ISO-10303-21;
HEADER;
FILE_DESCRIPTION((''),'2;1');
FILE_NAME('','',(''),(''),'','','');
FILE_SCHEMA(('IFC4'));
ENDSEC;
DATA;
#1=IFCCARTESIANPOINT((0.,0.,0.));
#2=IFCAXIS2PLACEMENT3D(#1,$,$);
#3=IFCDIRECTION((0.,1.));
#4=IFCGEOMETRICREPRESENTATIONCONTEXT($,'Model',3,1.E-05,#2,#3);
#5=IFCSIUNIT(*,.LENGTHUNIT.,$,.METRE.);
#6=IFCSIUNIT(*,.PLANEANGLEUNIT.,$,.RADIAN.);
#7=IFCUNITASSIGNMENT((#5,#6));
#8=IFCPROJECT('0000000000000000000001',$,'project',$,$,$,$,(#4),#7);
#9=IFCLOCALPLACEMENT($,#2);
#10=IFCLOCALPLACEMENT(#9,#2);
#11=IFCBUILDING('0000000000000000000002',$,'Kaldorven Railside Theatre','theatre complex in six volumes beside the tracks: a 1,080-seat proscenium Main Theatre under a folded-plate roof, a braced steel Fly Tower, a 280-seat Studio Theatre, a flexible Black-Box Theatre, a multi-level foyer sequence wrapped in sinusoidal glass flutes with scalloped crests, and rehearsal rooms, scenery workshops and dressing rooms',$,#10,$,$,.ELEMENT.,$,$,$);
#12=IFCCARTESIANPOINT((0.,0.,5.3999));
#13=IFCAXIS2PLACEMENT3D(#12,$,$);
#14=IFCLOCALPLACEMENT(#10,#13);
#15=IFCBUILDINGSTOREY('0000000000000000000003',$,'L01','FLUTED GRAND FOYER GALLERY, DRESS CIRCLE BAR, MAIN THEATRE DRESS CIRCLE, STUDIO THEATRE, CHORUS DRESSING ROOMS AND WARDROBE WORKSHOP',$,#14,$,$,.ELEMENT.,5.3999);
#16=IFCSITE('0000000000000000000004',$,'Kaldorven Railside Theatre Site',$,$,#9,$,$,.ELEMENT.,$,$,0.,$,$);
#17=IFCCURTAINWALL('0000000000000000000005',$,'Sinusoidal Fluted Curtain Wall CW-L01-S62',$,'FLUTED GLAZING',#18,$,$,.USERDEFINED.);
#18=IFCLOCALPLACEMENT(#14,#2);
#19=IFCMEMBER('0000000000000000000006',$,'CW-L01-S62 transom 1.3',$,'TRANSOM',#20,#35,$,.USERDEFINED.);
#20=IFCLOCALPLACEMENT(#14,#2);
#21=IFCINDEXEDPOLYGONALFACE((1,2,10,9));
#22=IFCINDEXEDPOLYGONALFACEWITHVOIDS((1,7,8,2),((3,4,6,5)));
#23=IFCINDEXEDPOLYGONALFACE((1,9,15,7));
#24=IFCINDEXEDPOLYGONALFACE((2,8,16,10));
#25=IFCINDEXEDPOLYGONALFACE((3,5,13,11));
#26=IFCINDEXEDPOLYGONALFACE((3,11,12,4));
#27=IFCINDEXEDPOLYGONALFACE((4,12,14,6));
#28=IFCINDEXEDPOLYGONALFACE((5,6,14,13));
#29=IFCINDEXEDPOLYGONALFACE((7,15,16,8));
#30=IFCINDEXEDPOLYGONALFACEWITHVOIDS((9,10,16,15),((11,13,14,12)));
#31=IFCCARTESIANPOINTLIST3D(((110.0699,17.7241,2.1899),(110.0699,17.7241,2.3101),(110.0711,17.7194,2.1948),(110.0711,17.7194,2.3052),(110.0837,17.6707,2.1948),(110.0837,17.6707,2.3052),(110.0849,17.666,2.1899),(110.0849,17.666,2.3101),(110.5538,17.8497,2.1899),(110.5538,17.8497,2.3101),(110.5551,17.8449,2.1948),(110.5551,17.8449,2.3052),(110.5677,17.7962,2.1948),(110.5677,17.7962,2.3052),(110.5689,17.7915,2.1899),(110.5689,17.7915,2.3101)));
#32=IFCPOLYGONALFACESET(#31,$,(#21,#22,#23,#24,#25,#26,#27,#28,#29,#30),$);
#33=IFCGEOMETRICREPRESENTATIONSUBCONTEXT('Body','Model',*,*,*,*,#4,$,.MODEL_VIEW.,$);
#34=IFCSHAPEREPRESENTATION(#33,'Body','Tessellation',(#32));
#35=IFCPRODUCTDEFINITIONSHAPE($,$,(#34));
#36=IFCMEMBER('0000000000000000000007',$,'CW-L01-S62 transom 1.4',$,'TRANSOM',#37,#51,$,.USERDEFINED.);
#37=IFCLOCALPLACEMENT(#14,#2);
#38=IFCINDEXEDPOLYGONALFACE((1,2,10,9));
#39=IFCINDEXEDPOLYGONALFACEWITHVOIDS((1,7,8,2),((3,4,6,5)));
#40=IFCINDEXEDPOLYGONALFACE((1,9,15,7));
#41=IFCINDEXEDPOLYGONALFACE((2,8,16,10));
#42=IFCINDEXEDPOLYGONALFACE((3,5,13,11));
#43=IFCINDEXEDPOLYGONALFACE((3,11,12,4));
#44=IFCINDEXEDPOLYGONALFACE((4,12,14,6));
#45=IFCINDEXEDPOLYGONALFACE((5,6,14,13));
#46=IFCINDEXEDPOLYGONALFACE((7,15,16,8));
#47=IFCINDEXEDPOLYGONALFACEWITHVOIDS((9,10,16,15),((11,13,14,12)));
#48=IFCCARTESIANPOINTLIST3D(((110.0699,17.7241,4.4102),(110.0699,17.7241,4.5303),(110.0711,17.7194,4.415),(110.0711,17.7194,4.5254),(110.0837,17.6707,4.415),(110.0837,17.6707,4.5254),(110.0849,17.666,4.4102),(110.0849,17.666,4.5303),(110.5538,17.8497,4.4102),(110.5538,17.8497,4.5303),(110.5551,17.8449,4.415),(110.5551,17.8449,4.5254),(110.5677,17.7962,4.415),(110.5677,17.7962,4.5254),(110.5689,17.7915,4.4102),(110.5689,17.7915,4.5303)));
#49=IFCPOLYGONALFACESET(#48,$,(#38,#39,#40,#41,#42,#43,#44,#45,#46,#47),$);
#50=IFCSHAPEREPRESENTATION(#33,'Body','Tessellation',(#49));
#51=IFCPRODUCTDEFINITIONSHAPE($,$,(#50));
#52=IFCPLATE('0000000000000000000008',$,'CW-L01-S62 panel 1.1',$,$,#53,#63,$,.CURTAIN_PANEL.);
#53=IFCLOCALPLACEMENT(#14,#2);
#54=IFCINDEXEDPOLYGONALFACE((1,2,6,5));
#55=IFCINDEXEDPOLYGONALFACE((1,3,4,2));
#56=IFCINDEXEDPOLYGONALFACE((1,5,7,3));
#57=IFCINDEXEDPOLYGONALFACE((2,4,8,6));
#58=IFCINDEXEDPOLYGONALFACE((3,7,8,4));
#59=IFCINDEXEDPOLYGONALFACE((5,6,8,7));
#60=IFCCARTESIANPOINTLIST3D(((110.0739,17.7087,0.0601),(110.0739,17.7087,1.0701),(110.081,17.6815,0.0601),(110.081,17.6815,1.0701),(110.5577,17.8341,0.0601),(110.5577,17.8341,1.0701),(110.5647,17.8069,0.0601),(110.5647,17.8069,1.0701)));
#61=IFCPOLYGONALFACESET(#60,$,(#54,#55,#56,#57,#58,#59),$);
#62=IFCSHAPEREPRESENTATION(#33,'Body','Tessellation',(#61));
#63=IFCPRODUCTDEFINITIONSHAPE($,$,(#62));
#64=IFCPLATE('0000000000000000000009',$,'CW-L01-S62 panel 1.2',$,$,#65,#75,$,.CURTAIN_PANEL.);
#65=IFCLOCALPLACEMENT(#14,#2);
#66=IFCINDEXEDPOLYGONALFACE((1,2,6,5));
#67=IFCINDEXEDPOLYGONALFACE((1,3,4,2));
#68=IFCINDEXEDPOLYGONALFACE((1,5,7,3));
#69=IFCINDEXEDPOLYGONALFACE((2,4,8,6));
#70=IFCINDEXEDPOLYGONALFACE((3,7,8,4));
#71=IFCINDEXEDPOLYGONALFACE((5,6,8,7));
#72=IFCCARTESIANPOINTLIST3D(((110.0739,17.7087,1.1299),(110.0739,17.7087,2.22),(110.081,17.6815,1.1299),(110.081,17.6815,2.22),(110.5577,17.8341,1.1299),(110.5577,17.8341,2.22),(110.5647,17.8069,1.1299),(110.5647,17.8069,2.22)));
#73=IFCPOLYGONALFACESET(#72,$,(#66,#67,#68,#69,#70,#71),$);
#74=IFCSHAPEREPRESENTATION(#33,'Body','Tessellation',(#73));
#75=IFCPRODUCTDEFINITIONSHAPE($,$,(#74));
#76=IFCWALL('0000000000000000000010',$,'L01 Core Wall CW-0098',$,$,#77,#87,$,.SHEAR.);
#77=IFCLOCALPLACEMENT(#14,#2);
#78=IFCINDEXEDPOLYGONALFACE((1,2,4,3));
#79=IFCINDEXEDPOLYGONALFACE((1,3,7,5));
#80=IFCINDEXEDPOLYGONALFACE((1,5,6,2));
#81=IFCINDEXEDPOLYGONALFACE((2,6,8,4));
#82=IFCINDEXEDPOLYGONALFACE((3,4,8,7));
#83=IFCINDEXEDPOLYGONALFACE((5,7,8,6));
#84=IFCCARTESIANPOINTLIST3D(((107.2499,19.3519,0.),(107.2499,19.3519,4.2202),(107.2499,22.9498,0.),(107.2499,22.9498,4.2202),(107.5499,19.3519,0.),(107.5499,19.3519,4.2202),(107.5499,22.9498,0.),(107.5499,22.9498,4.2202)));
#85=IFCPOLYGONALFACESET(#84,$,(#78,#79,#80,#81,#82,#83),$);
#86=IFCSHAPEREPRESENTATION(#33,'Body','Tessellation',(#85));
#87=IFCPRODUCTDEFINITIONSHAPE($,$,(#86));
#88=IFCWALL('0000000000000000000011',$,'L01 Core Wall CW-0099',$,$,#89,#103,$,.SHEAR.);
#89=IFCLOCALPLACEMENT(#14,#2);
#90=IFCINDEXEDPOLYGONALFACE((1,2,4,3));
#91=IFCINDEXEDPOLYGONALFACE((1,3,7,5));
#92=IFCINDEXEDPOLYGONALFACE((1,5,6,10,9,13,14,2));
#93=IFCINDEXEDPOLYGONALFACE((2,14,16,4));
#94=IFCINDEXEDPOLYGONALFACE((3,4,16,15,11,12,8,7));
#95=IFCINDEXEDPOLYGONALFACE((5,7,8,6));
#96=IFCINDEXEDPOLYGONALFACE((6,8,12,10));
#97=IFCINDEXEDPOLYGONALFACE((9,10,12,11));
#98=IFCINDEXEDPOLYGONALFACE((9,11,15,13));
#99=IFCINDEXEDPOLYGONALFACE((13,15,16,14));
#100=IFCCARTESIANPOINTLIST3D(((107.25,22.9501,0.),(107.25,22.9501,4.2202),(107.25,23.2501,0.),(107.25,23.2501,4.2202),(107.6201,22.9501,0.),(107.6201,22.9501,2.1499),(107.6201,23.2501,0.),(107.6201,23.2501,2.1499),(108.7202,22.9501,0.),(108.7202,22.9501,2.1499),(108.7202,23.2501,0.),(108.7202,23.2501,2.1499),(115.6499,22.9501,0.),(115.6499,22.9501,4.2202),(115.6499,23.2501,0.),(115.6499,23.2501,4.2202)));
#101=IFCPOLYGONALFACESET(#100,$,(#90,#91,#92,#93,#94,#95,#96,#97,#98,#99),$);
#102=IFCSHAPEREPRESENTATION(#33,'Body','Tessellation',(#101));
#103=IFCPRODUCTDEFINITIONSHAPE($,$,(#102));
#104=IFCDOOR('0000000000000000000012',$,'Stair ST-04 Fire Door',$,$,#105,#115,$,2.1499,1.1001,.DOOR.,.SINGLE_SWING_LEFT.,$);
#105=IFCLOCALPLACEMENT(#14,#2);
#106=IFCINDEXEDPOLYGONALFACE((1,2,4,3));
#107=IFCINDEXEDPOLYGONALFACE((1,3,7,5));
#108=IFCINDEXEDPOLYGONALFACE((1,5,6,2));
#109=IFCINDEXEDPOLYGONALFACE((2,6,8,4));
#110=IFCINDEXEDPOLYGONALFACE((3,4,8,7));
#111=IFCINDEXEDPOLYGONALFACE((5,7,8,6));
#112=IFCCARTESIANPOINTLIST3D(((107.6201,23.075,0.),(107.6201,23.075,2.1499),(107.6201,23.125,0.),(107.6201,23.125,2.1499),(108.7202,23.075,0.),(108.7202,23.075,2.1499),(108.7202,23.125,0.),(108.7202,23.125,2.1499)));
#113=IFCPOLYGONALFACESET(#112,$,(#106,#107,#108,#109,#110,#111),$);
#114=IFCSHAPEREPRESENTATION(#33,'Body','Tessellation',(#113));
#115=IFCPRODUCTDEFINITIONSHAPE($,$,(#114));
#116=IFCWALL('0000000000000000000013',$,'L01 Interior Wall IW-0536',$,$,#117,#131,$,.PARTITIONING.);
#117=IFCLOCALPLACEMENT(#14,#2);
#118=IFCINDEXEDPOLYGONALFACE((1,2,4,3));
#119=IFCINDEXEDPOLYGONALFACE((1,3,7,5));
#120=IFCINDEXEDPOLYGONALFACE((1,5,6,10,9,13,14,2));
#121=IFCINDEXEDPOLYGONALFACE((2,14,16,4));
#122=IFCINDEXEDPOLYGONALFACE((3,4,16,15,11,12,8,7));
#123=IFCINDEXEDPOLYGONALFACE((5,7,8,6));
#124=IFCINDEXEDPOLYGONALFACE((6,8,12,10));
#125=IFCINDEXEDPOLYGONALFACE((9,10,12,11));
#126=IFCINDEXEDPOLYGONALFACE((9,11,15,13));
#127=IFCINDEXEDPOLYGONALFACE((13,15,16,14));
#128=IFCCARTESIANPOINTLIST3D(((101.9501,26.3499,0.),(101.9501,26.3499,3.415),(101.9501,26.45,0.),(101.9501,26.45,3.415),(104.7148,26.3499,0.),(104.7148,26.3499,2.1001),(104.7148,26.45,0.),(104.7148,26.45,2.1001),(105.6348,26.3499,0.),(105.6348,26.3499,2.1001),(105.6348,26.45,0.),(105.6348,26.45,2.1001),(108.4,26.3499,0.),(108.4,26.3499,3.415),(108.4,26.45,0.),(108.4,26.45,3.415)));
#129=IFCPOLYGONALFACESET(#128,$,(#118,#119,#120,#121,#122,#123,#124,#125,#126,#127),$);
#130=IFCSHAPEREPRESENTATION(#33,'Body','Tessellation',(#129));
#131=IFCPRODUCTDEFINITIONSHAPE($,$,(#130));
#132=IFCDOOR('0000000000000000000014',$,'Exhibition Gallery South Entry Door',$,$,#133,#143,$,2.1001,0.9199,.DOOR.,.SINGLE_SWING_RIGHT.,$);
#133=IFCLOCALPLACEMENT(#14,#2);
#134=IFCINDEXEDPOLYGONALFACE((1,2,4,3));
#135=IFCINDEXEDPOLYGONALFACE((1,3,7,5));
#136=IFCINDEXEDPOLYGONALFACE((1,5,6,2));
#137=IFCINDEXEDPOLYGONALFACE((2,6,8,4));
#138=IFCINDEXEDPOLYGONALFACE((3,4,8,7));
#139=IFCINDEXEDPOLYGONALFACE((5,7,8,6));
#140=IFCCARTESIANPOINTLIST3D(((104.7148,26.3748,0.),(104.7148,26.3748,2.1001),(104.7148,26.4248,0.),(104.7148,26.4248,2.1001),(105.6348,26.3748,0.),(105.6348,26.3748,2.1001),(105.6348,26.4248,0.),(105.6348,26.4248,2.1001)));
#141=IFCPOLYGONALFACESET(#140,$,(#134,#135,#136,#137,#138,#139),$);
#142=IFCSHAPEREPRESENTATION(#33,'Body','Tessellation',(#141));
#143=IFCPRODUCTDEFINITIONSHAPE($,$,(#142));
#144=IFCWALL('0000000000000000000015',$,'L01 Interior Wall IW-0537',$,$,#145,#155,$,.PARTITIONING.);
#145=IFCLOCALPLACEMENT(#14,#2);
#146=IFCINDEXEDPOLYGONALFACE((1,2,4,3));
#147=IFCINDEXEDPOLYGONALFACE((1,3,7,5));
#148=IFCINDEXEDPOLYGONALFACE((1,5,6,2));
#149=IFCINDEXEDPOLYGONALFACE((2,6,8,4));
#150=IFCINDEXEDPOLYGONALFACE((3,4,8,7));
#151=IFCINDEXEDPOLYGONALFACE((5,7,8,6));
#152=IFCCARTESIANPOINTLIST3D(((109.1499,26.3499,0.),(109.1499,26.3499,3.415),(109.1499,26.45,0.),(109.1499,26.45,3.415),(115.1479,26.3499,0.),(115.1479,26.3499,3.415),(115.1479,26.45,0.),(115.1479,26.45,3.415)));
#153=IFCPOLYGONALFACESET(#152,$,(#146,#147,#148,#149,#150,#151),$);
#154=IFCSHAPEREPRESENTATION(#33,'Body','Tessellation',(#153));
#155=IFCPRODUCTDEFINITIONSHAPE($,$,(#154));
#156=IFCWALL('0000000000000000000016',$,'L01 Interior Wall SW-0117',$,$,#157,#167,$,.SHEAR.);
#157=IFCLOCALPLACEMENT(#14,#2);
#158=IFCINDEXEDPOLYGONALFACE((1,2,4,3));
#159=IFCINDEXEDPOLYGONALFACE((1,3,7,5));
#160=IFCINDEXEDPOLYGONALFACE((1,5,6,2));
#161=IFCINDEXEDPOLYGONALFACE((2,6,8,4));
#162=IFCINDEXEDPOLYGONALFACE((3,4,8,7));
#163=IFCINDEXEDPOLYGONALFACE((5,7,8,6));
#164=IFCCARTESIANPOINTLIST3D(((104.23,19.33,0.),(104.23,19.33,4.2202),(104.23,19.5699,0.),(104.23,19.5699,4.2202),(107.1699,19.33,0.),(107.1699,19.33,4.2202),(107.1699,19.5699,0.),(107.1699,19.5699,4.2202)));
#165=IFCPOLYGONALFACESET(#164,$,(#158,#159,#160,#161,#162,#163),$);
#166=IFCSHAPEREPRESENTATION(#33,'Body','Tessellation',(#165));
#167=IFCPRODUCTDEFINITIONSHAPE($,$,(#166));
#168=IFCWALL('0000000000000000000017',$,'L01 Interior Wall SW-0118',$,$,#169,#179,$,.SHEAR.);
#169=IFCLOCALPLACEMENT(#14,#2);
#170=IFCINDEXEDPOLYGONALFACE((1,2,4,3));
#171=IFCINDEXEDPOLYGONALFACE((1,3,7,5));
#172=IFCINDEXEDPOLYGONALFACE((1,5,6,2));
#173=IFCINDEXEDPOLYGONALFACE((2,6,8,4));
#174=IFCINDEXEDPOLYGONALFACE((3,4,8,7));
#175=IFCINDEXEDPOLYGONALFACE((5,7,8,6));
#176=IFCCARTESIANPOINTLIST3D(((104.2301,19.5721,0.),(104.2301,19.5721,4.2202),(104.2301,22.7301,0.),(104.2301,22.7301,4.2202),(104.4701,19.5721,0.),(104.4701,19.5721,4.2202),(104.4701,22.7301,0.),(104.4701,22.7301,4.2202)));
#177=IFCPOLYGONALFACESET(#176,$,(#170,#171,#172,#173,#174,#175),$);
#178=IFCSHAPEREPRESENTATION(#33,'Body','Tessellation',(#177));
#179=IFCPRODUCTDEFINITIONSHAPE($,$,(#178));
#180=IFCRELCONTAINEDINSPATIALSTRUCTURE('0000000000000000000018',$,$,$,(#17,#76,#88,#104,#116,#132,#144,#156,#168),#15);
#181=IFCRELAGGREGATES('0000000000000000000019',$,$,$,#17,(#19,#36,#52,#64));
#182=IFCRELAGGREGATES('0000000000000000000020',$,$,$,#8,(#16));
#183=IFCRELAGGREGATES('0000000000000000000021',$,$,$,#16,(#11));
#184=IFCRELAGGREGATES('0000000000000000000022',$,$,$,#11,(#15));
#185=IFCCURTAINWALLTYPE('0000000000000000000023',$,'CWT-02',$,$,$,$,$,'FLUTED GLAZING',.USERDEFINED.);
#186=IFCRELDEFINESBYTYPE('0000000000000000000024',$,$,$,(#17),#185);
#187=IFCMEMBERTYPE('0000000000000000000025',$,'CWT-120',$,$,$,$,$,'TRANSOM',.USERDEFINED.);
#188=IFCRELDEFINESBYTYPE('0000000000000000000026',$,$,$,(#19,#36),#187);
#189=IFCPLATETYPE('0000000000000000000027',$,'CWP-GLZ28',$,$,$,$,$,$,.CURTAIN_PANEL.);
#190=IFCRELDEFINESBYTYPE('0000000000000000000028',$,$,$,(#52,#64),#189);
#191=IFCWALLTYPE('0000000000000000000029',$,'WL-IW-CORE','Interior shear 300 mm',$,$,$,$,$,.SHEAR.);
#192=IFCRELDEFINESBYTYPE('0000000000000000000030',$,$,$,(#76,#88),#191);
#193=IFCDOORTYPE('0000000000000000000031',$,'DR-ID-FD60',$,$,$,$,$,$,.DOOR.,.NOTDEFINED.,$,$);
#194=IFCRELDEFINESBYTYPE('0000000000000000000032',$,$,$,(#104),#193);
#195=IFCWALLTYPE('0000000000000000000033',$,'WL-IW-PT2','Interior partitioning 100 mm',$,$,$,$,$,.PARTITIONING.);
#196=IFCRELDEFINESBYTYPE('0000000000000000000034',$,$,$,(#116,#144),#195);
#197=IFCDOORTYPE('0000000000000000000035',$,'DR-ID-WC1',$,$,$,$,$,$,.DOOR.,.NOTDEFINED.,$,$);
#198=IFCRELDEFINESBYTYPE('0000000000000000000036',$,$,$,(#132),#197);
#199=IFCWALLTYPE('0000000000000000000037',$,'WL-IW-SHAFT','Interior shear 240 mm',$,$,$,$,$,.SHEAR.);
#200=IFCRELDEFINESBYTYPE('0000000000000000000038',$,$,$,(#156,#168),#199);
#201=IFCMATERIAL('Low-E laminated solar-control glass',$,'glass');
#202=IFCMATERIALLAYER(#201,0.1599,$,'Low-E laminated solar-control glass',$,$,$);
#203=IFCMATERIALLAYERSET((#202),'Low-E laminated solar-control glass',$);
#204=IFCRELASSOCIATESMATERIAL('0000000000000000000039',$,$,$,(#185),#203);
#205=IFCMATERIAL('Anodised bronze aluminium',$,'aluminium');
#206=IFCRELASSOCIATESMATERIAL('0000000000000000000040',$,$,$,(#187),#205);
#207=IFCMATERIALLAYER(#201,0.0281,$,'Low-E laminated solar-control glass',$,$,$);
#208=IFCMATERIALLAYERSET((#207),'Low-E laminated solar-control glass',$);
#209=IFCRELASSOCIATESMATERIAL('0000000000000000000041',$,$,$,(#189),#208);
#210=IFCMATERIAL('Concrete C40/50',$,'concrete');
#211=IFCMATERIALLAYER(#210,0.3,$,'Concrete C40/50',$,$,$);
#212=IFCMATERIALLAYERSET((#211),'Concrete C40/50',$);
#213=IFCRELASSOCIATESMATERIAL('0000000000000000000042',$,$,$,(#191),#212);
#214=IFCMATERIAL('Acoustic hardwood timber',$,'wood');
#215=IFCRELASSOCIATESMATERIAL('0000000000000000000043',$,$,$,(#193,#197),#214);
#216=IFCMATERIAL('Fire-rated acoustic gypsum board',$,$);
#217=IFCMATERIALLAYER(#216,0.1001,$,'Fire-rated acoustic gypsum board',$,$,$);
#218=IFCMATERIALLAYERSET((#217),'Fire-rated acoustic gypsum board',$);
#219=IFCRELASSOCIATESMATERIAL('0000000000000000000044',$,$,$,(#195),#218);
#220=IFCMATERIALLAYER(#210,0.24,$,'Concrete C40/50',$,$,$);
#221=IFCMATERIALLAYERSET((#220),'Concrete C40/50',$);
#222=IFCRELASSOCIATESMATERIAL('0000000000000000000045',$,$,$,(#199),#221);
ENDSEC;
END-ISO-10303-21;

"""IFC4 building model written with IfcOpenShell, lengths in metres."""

from ifc_helpers import new_model, si_unit, direction, frame, frame_2d, origin, origin_2d, place, context, subcontext, project, spatial, rectangle, hollow_rectangle, extrude, material, layer, layer_set, material_profile, profile_set, type_object, element, fill, aggregate, save


model = new_model("IFC4")

# Units and contexts
model_context = context("Model", 3, precision=1e-05, world=origin(), true_north=direction((0.0, 1.0)))
body_context = subcontext(model_context, "Body", "Model", "MODEL_VIEW")
ifc_project = project(units=[si_unit("LENGTHUNIT", "METRE"), si_unit("PLANEANGLEUNIT", "RADIAN")], contexts=[model_context])

# Site, building, storey
site_placement = place(None, origin())
site = spatial("IfcSite", under=ifc_project, at=site_placement, Name="Kaldorven Railside Theatre Site", CompositionType="ELEMENT", RefElevation=0.0)
building_placement = place(site_placement, origin())
building = spatial("IfcBuilding", under=site, at=building_placement, Name="Kaldorven Railside Theatre", Description="theatre complex in six volumes beside the tracks: a 1,080-seat proscenium Main Theatre under a folded-plate roof, a braced steel Fly Tower, a 280-seat Studio Theatre, a flexible Black-Box Theatre, a multi-level foyer sequence wrapped in sinusoidal glass flutes with scalloped crests, and rehearsal rooms, scenery workshops and dressing rooms", CompositionType="ELEMENT")
storey_placement = place(building_placement, frame((0.0, 0.0, 5.3999)))
storey = spatial("IfcBuildingStorey", under=building, at=storey_placement, Name="L01", Description="FLUTED GRAND FOYER GALLERY, DRESS CIRCLE BAR, MAIN THEATRE DRESS CIRCLE, STUDIO THEATRE, CHORUS DRESSING ROOMS AND WARDROBE WORKSHOP", CompositionType="ELEMENT", Elevation=5.3999)

# Shared definitions
ifc_material_1 = material(Name="Concrete C40/50", Category="concrete")

# Curtain wall, members, plates
ifc_material_2 = material(Name="Low-E laminated solar-control glass", Category="glass")
ifc_layer_1 = layer(ifc_material_2, 0.1599, Name="Low-E laminated solar-control glass")
ifc_layer_set_1 = layer_set([ifc_layer_1], Name="Low-E laminated solar-control glass")
curtain_wall_type = type_object("IfcCurtainWallType", Name="CWT-02", ElementType="FLUTED GLAZING", PredefinedType="USERDEFINED", material=ifc_layer_set_1)
curtain_wall_placement = place(storey_placement, origin())
curtain_wall = element("IfcCurtainWall", 1, at=curtain_wall_placement, inside=storey, type_object=curtain_wall_type, Name="Sinusoidal Fluted Curtain Wall CW-L01-S62", ObjectType="FLUTED GLAZING", PredefinedType="USERDEFINED")
ifc_material_3 = material(Name="Anodised bronze aluminium", Category="aluminium")
ifc_material_profile_1 = material_profile(ifc_material_3, hollow_rectangle(XDim=0.0601, YDim=0.1201, WallThickness=0.0049, at=origin_2d()), Name="RHS 120x60x5")
ifc_profile_set_1 = profile_set([ifc_material_profile_1], Name="Anodised bronze aluminium")
member_type = type_object("IfcMemberType", Name="CWT-120", ElementType="TRANSOM", PredefinedType="USERDEFINED", material=ifc_profile_set_1)
member_1_placement = place(storey_placement, frame((110.0774, 17.6951, 2.25), z_axis=(0.967979, 0.25103, 0.0), x_axis=(-0.25103, 0.967979, 0.0)))
member_1 = element("IfcMember", 2, at=member_1_placement, type_object=member_type, Name="CW-L01-S62 transom 1.3", ObjectType="TRANSOM", PredefinedType="USERDEFINED", context=body_context, shape_type="SweptSolid", body=[
    extrude(hollow_rectangle(XDim=0.0601, YDim=0.1201, WallThickness=0.0049, at=origin_2d()), origin(), (0.0, 0.0, 1.0), 0.5),
])
member_2_placement = place(storey_placement, frame((110.0774, 17.6951, 4.4702), z_axis=(0.967979, 0.25103, 0.0), x_axis=(-0.25103, 0.967979, 0.0)))
member_2 = element("IfcMember", 3, at=member_2_placement, type_object=member_type, Name="CW-L01-S62 transom 1.4", ObjectType="TRANSOM", PredefinedType="USERDEFINED", context=body_context, shape_type="SweptSolid", body=[
    extrude(hollow_rectangle(XDim=0.0601, YDim=0.1201, WallThickness=0.0049, at=origin_2d()), origin(), (0.0, 0.0, 1.0), 0.5),
])
ifc_layer_2 = layer(ifc_material_2, 0.0281, Name="Low-E laminated solar-control glass")
ifc_layer_set_2 = layer_set([ifc_layer_2], Name="Low-E laminated solar-control glass")
plate_type = type_object("IfcPlateType", Name="CWP-GLZ28", PredefinedType="CURTAIN_PANEL", material=ifc_layer_set_2)
plate_1_placement = place(storey_placement, frame((110.3193, 17.7578, 0.0601), z_axis=(0.0, 0.0, 1.0), x_axis=(0.967999, 0.250954, 0.0)))
plate_1 = element("IfcPlate", 4, at=plate_1_placement, type_object=plate_type, Name="CW-L01-S62 panel 1.1", PredefinedType="CURTAIN_PANEL", context=body_context, shape_type="SweptSolid", body=[
    extrude(rectangle(XDim=0.4998, YDim=0.0281, at=origin_2d()), origin(), (0.0, 0.0, 1.0), 1.01),
])
plate_2_placement = place(storey_placement, frame((110.3193, 17.7578, 1.1299), z_axis=(0.0, 0.0, 1.0), x_axis=(0.967999, 0.250954, 0.0)))
plate_2 = element("IfcPlate", 5, at=plate_2_placement, type_object=plate_type, Name="CW-L01-S62 panel 1.2", PredefinedType="CURTAIN_PANEL", context=body_context, shape_type="SweptSolid", body=[
    extrude(rectangle(XDim=0.4998, YDim=0.0281, at=origin_2d()), origin(), (0.0, 0.0, 1.0), 1.0901),
])
aggregate(curtain_wall, [member_1, member_2, plate_1, plate_2])

# Wall
ifc_layer_3 = layer(ifc_material_1, 0.3, Name="Concrete C40/50")
ifc_layer_set_3 = layer_set([ifc_layer_3], Name="Concrete C40/50")
wall_type_1 = type_object("IfcWallType", Name="WL-IW-CORE", Description="Interior shear 300 mm", PredefinedType="SHEAR", material=ifc_layer_set_3)
wall_1_placement = place(storey_placement, frame((107.3999, 19.3521, 0.0), z_axis=(0.0, 0.0, 1.0), x_axis=(0.0, 1.0, 0.0)))
element("IfcWall", 6, at=wall_1_placement, inside=storey, type_object=wall_type_1, Name="L01 Core Wall CW-0098", PredefinedType="SHEAR", context=body_context, shape_type="SweptSolid", body=[
    extrude(rectangle(XDim=3.5979, YDim=0.3, at=frame_2d((1.7988, 0.0))), origin(), (0.0, 0.0, 1.0), 4.2202),
])

# Walls, openings, doors
wall_2_placement = place(storey_placement, frame((107.25, 23.1001, 0.0), z_axis=(0.0, 0.0, 1.0), x_axis=(1.0, 0.0, 0.0)))
wall_2 = element("IfcWall", 7, at=wall_2_placement, inside=storey, type_object=wall_type_1, Name="L01 Core Wall CW-0099", PredefinedType="SHEAR", context=body_context, shape_type="SweptSolid", body=[
    extrude(rectangle(XDim=8.3999, YDim=0.3, at=frame_2d((4.2, 0.0))), origin(), (0.0, 0.0, 1.0), 4.2202),
])
opening_1_placement = place(wall_2_placement, frame((0.3701, 0.0, 0.0)))
opening_1 = element("IfcOpeningElement", 8, at=opening_1_placement, cuts=wall_2, PredefinedType="OPENING", context=body_context, shape_type="SweptSolid", body=[
    extrude(rectangle(XDim=1.1001, YDim=2.1499, at=frame_2d((0.55, 1.075))), frame((0.0, 0.1602, 0.0), z_axis=(0.0, -1.0, 0.0), x_axis=(1.0, 0.0, 0.0)), (0.0, 0.0, 1.0), 0.3201),
])
ifc_material_4 = material(Name="Acoustic hardwood timber", Category="wood")
door_type_1 = type_object("IfcDoorType", Name="DR-ID-FD60", OperationType="NOTDEFINED", PredefinedType="DOOR", material=ifc_material_4)
door_1_placement = place(opening_1_placement, origin())
door_1 = element("IfcDoor", 9, at=door_1_placement, inside=storey, type_object=door_type_1, Name="Stair ST-04 Fire Door", OperationType="SINGLE_SWING_LEFT", OverallHeight=2.1499, OverallWidth=1.1001, PredefinedType="DOOR", context=body_context, shape_type="SweptSolid", body=[
    extrude(rectangle(XDim=1.1001, YDim=2.1499, at=frame_2d((0.55, 1.075))), frame((0.0, 0.0249, 0.0), z_axis=(0.0, -1.0, 0.0), x_axis=(1.0, 0.0, 0.0)), (0.0, 0.0, 1.0), 0.05),
])
fill(opening_1, door_1)
ifc_material_5 = material(Name="Fire-rated acoustic gypsum board")
ifc_layer_4 = layer(ifc_material_5, 0.1001, Name="Fire-rated acoustic gypsum board")
ifc_layer_set_4 = layer_set([ifc_layer_4], Name="Fire-rated acoustic gypsum board")
wall_type_2 = type_object("IfcWallType", Name="WL-IW-PT2", Description="Interior partitioning 100 mm", PredefinedType="PARTITIONING", material=ifc_layer_set_4)
wall_3_placement = place(storey_placement, frame((101.95, 26.3999, 0.0), z_axis=(0.0, 0.0, 1.0), x_axis=(1.0, 0.0, 0.0)))
wall_3 = element("IfcWall", 10, at=wall_3_placement, inside=storey, type_object=wall_type_2, Name="L01 Interior Wall IW-0536", PredefinedType="PARTITIONING", context=body_context, shape_type="SweptSolid", body=[
    extrude(rectangle(XDim=6.45, YDim=0.1001, at=frame_2d((3.2251, 0.0))), origin(), (0.0, 0.0, 1.0), 3.415),
])
opening_2_placement = place(wall_3_placement, frame((2.7649, 0.0, 0.0)))
opening_2 = element("IfcOpeningElement", 11, at=opening_2_placement, cuts=wall_3, PredefinedType="OPENING", context=body_context, shape_type="SweptSolid", body=[
    extrude(rectangle(XDim=0.9199, YDim=2.1001, at=frame_2d((0.46, 1.05))), frame((0.0, 0.0601, 0.0), z_axis=(0.0, -1.0, 0.0), x_axis=(1.0, 0.0, 0.0)), (0.0, 0.0, 1.0), 0.1201),
])
door_type_2 = type_object("IfcDoorType", Name="DR-ID-WC1", OperationType="NOTDEFINED", PredefinedType="DOOR", material=ifc_material_4)
door_2_placement = place(opening_2_placement, origin())
door_2 = element("IfcDoor", 12, at=door_2_placement, inside=storey, type_object=door_type_2, Name="Exhibition Gallery South Entry Door", OperationType="SINGLE_SWING_RIGHT", OverallHeight=2.1001, OverallWidth=0.9199, PredefinedType="DOOR", context=body_context, shape_type="SweptSolid", body=[
    extrude(rectangle(XDim=0.9199, YDim=2.1001, at=frame_2d((0.46, 1.05))), frame((0.0, 0.0249, 0.0), z_axis=(0.0, -1.0, 0.0), x_axis=(1.0, 0.0, 0.0)), (0.0, 0.0, 1.0), 0.05),
])
fill(opening_2, door_2)

# Walls
wall_4_placement = place(storey_placement, frame((109.1499, 26.3999, 0.0), z_axis=(0.0, 0.0, 1.0), x_axis=(1.0, 0.0, 0.0)))
element("IfcWall", 13, at=wall_4_placement, inside=storey, type_object=wall_type_2, Name="L01 Interior Wall IW-0537", PredefinedType="PARTITIONING", context=body_context, shape_type="SweptSolid", body=[
    extrude(rectangle(XDim=5.998, YDim=0.1001, at=frame_2d((2.999, 0.0))), origin(), (0.0, 0.0, 1.0), 3.415),
])
ifc_layer_5 = layer(ifc_material_1, 0.24, Name="Concrete C40/50")
ifc_layer_set_5 = layer_set([ifc_layer_5], Name="Concrete C40/50")
wall_type_3 = type_object("IfcWallType", Name="WL-IW-SHAFT", Description="Interior shear 240 mm", PredefinedType="SHEAR", material=ifc_layer_set_5)
wall_5_placement = place(storey_placement, frame((107.1699, 19.45, 0.0), z_axis=(0.0, 0.0, 1.0), x_axis=(-1.0, 0.0, 0.0)))
element("IfcWall", 14, at=wall_5_placement, inside=storey, type_object=wall_type_3, Name="L01 Interior Wall SW-0117", PredefinedType="SHEAR", context=body_context, shape_type="SweptSolid", body=[
    extrude(rectangle(XDim=2.9399, YDim=0.24, at=frame_2d((1.47, 0.0))), origin(), (0.0, 0.0, 1.0), 4.2202),
])
wall_6_placement = place(storey_placement, frame((104.3501, 19.572, 0.0), z_axis=(0.0, 0.0, 1.0), x_axis=(0.0, 1.0, 0.0)))
element("IfcWall", 15, at=wall_6_placement, inside=storey, type_object=wall_type_3, Name="L01 Interior Wall SW-0118", PredefinedType="SHEAR", context=body_context, shape_type="SweptSolid", body=[
    extrude(rectangle(XDim=3.158, YDim=0.24, at=frame_2d((1.5791, 0.0))), origin(), (0.0, 0.0, 1.0), 4.2202),
])

save(model, "model.ifc")
